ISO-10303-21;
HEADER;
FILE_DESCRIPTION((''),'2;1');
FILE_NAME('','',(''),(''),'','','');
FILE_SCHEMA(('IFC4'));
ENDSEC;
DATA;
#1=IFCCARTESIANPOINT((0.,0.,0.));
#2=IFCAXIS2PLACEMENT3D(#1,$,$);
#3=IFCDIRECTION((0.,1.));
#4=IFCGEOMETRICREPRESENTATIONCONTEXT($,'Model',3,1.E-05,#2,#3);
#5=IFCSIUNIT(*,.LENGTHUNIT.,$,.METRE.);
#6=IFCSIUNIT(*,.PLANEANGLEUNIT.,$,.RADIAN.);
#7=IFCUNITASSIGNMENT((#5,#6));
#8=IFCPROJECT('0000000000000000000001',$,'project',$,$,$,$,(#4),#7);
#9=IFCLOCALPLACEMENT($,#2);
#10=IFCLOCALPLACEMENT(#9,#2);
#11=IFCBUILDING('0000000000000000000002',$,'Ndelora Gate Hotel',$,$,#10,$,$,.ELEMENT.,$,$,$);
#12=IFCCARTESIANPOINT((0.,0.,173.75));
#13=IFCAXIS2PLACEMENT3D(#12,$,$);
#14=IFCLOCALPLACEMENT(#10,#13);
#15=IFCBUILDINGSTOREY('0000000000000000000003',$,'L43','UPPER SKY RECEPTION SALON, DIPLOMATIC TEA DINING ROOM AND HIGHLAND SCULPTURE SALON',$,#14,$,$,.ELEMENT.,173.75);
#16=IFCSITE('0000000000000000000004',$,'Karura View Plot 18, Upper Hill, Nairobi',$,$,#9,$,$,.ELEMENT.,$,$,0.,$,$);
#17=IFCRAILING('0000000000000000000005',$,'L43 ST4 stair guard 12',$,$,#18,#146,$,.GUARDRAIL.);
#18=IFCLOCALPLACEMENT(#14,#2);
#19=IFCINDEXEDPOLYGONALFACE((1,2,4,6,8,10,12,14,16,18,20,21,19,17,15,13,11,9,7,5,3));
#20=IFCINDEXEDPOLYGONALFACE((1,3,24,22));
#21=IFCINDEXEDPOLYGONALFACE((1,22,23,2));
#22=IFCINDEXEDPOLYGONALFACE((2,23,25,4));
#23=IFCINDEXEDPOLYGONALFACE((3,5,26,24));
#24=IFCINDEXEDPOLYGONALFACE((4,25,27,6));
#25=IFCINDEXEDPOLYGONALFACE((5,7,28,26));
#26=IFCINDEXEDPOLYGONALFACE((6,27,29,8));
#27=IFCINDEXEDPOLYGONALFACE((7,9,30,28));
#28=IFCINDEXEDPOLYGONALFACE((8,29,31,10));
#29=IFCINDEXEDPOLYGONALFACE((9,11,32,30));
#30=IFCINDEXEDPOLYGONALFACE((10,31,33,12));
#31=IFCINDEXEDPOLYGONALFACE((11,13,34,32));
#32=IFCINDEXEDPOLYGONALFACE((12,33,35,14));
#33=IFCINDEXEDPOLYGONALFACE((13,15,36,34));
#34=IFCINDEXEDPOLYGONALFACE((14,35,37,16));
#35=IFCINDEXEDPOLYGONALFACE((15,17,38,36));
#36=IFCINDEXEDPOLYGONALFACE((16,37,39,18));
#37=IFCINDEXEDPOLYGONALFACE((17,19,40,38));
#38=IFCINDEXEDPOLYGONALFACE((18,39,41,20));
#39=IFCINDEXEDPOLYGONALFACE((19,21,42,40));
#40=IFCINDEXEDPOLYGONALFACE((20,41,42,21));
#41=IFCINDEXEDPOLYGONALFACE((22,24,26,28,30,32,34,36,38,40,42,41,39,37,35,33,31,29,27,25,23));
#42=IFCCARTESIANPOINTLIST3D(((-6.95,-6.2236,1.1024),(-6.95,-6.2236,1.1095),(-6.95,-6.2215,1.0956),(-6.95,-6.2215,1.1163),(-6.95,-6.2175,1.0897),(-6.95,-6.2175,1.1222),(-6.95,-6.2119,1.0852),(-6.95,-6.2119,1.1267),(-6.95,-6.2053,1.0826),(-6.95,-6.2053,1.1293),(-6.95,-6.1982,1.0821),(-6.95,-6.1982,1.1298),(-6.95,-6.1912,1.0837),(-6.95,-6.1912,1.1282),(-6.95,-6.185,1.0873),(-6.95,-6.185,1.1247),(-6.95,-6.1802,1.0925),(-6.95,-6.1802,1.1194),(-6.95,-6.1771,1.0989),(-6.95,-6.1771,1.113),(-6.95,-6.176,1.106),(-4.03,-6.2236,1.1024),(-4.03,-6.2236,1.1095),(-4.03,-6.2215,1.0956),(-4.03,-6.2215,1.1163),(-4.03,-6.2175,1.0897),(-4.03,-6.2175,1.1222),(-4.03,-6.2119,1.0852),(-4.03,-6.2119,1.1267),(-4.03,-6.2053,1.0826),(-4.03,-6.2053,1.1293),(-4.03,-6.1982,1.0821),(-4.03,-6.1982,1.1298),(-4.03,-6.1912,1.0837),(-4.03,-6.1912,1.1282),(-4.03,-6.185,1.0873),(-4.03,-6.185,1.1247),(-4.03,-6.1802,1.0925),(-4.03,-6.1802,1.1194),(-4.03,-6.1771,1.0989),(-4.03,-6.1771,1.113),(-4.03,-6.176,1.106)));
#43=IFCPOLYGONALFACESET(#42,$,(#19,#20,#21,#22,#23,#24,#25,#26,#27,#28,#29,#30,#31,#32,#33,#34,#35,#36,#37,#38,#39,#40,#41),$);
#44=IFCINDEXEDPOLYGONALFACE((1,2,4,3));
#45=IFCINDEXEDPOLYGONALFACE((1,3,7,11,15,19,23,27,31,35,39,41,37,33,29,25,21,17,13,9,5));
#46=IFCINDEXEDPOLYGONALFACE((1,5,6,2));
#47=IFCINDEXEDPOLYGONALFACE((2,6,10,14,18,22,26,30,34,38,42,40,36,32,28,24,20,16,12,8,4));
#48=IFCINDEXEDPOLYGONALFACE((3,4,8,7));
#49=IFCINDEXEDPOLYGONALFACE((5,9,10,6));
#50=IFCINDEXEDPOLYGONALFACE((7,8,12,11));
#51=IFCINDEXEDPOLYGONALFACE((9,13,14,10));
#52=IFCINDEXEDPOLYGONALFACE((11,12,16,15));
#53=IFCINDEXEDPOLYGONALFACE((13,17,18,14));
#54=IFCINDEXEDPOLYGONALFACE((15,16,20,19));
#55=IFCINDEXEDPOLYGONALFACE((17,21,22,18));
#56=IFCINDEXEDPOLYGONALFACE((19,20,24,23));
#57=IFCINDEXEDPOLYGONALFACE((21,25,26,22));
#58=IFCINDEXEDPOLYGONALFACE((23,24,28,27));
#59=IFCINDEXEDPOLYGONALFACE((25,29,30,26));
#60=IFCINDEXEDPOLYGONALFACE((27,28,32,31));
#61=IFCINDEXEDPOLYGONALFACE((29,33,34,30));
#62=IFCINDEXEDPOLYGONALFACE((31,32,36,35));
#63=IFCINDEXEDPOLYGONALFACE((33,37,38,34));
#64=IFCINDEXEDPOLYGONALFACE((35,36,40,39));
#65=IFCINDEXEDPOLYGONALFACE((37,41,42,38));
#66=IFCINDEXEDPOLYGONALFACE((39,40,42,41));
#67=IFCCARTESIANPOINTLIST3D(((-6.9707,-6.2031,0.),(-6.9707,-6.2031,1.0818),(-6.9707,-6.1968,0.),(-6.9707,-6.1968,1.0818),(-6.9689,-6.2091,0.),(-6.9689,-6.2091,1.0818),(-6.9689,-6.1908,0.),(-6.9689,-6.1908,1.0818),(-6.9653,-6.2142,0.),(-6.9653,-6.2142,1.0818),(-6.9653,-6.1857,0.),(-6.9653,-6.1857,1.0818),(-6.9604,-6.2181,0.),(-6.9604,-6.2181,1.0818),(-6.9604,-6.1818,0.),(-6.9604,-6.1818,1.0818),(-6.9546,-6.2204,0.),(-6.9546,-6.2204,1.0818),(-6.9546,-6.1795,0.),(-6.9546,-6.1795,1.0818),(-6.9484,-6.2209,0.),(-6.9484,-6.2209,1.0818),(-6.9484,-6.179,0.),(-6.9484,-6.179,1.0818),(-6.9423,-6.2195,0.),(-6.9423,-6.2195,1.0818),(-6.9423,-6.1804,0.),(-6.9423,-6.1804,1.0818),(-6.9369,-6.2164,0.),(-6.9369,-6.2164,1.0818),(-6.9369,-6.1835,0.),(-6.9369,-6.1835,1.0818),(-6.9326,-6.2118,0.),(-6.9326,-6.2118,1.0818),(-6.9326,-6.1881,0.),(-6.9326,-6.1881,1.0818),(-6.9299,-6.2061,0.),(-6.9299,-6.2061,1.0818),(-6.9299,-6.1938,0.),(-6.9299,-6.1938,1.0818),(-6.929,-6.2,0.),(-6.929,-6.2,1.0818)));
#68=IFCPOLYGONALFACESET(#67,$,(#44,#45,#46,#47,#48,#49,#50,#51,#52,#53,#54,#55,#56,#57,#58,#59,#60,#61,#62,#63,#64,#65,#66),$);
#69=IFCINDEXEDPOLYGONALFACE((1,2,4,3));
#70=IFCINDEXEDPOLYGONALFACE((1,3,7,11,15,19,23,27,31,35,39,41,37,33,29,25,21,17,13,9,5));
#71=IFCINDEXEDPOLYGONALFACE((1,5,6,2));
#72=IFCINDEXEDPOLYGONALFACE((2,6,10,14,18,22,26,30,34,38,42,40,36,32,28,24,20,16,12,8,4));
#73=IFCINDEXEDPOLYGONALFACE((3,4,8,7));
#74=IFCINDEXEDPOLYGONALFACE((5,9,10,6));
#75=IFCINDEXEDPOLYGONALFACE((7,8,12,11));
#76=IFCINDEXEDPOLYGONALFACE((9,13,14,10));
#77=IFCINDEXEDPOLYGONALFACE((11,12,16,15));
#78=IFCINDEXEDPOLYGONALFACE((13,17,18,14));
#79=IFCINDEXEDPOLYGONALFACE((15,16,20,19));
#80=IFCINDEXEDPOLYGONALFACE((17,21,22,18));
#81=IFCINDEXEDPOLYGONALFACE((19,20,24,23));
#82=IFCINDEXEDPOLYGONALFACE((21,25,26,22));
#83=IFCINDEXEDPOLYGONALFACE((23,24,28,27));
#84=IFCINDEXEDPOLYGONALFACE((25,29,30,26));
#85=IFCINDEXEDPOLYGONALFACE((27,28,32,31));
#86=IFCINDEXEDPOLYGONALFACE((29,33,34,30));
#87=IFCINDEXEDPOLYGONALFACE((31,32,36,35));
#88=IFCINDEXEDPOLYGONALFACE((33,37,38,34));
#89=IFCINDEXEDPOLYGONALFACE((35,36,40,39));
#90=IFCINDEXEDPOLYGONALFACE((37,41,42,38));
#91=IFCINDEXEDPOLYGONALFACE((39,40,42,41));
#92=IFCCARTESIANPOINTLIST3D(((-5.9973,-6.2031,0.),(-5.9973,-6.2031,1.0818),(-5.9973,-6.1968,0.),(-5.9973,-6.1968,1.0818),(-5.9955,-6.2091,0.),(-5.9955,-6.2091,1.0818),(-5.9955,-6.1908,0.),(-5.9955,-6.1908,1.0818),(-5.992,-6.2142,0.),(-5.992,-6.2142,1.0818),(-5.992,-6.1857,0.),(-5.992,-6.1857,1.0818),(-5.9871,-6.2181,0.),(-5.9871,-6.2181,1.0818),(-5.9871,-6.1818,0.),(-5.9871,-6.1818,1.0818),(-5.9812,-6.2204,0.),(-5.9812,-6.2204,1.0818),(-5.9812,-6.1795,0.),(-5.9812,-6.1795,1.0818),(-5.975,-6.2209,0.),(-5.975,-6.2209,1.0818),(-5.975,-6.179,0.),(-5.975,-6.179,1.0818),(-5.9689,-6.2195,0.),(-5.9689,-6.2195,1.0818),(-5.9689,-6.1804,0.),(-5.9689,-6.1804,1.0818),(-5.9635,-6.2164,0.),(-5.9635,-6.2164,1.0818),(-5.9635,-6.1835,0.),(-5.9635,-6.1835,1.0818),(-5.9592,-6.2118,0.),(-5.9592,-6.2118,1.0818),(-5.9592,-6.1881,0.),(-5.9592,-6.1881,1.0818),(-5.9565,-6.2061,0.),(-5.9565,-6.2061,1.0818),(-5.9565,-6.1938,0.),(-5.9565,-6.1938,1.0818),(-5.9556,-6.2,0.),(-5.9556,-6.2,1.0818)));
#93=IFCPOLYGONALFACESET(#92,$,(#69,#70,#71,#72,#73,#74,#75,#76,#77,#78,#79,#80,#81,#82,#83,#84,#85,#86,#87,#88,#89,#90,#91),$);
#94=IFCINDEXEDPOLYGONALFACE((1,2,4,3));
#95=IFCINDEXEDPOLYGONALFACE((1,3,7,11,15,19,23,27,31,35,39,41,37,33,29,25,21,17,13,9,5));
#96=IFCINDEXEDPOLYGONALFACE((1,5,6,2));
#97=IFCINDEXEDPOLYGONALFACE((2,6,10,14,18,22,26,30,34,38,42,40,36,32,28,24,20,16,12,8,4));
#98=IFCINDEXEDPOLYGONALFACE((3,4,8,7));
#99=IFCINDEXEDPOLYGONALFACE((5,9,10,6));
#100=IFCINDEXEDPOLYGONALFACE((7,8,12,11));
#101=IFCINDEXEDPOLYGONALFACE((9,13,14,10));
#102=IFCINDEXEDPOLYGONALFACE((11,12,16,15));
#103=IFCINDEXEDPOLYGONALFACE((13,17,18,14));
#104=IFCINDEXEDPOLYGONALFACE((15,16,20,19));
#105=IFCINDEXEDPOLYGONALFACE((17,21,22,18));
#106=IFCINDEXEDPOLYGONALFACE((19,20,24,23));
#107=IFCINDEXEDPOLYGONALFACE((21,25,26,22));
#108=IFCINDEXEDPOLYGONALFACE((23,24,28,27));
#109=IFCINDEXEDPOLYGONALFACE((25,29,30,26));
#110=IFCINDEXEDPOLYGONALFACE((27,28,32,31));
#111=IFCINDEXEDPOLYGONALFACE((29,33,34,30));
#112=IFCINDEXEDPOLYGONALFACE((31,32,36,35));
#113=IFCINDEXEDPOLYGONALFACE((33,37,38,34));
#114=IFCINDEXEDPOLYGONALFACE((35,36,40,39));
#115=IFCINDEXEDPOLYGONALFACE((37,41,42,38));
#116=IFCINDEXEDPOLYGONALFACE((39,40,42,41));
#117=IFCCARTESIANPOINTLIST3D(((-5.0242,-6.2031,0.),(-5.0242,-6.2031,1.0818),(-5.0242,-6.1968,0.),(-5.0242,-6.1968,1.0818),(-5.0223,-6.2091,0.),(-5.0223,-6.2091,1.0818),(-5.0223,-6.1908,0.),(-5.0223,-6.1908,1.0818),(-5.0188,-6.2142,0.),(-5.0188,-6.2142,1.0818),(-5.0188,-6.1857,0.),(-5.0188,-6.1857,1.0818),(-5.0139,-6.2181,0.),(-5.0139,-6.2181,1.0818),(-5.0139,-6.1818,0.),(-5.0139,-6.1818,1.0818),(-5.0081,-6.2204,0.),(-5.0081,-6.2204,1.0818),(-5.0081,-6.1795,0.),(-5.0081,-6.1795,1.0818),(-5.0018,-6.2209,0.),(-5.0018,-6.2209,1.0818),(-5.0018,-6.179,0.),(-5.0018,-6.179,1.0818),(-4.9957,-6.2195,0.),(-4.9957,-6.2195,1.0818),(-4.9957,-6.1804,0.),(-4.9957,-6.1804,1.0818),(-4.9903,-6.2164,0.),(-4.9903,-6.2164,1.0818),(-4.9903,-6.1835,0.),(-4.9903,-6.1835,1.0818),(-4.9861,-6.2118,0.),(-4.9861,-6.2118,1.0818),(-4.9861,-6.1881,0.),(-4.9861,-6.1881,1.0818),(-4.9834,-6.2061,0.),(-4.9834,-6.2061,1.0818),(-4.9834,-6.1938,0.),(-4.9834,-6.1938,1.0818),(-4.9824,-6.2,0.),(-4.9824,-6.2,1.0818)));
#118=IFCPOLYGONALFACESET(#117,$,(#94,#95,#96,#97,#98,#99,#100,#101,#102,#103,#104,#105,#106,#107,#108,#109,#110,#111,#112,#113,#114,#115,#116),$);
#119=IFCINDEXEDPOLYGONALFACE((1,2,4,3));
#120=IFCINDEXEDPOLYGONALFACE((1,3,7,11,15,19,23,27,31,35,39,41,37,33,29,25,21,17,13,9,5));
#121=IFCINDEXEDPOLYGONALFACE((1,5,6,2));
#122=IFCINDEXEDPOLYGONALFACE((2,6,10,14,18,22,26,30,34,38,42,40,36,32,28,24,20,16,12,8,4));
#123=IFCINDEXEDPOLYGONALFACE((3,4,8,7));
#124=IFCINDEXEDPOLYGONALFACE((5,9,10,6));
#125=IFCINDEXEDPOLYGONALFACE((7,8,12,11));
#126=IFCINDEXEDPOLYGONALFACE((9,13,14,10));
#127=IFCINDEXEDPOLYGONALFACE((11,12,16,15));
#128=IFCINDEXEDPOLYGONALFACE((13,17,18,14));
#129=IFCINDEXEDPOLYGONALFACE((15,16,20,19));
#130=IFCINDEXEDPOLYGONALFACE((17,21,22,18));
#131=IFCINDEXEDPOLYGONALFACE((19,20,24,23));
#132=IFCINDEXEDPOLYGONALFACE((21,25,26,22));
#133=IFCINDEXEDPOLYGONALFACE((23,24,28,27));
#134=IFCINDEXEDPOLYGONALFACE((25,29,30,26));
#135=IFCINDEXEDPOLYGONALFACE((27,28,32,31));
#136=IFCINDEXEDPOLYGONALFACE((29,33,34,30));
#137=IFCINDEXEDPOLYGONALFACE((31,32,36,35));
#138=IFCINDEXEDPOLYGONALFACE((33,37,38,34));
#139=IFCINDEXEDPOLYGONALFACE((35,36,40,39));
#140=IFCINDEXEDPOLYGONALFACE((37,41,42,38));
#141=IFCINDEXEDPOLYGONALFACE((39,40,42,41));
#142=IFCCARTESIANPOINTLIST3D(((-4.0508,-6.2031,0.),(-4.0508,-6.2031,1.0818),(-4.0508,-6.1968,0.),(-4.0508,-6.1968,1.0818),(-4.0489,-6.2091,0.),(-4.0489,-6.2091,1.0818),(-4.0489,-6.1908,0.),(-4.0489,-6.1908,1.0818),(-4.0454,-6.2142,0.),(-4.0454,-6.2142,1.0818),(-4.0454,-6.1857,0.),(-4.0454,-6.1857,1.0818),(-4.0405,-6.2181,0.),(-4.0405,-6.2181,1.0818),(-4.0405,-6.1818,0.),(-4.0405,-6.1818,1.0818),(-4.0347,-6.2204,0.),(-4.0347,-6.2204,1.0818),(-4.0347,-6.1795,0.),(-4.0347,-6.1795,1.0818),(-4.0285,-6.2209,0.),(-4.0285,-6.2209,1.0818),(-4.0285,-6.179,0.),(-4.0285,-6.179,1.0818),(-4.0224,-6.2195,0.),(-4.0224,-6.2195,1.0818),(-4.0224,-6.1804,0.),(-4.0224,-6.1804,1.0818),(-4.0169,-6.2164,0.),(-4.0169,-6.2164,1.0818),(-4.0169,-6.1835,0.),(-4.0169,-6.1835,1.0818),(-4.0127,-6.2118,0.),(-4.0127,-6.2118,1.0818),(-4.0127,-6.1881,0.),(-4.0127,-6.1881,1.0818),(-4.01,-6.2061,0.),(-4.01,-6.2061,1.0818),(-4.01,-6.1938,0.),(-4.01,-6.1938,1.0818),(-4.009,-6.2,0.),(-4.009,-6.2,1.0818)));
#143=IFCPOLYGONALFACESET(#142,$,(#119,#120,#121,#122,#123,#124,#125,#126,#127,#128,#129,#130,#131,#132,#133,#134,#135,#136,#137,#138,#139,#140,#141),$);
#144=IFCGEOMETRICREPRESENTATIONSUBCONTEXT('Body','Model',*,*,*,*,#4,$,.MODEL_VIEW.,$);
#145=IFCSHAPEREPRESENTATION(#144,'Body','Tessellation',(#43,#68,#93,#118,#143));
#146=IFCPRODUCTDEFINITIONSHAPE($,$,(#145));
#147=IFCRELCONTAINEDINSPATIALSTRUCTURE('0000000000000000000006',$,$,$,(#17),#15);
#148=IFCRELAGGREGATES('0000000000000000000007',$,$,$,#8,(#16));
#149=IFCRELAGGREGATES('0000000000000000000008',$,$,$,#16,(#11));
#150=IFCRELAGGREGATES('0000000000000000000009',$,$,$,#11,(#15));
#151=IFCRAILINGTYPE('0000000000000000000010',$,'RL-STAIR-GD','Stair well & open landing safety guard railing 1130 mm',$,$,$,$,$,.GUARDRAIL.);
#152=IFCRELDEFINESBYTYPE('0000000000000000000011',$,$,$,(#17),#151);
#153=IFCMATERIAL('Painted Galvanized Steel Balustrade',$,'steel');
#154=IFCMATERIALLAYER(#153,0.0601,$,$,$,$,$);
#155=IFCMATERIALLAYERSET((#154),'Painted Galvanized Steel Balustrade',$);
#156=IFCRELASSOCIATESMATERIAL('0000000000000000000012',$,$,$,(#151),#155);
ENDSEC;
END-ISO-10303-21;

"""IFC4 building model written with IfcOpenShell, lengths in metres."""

from ifc_helpers import new_model, si_unit, direction, frame, origin, origin_2d, place, context, subcontext, project, spatial, circle, extrude, material, layer, layer_set, type_object, element, save


model = new_model("IFC4")

# Units and contexts
model_context = context("Model", 3, precision=1e-05, world=origin(), true_north=direction((0.0, 1.0)))
body_context = subcontext(model_context, "Body", "Model", "MODEL_VIEW")
ifc_project = project(units=[si_unit("LENGTHUNIT", "METRE"), si_unit("PLANEANGLEUNIT", "RADIAN")], contexts=[model_context])

# Site, building, storey
site_placement = place(None, origin())
site = spatial("IfcSite", under=ifc_project, at=site_placement, Name="Karura View Plot 18, Upper Hill, Nairobi", CompositionType="ELEMENT", RefElevation=0.0)
building_placement = place(site_placement, origin())
building = spatial("IfcBuilding", under=site, at=building_placement, Name="Ndelora Gate Hotel", CompositionType="ELEMENT")
storey_placement = place(building_placement, frame((0.0, 0.0, 173.75)))
storey = spatial("IfcBuildingStorey", under=building, at=storey_placement, Name="L43", Description="UPPER SKY RECEPTION SALON, DIPLOMATIC TEA DINING ROOM AND HIGHLAND SCULPTURE SALON", CompositionType="ELEMENT", Elevation=173.75)

# Railing
ifc_material_1 = material(Name="Painted Galvanized Steel Balustrade", Category="steel")
ifc_layer_1 = layer(ifc_material_1, 0.0601)
ifc_layer_set_1 = layer_set([ifc_layer_1], Name="Painted Galvanized Steel Balustrade")
railing_type_1 = type_object("IfcRailingType", Name="RL-STAIR-GD", Description="Stair well & open landing safety guard railing 1130 mm", PredefinedType="GUARDRAIL", material=ifc_layer_set_1)
railing_1_placement = place(storey_placement, frame((-6.95, -6.2, 0.0)))
element("IfcRailing", 1, at=railing_1_placement, inside=storey, type_object=railing_type_1, Name="L43 ST4 stair guard 12", PredefinedType="GUARDRAIL", context=body_context, shape_type="SweptSolid", body=[
    extrude(circle(Radius=0.0239, at=origin_2d()), frame((0.0, 0.0, 1.106), z_axis=(1.0, 0.0, 0.0), x_axis=(0.0, 1.0, 0.0)), (0.0, 0.0, 1.0), 2.9199),
    extrude(circle(Radius=0.021, at=origin_2d()), origin(), (0.0, 0.0, 1.0), 1.0818),
    extrude(circle(Radius=0.021, at=origin_2d()), frame((0.9734, 0.0, 0.0)), (0.0, 0.0, 1.0), 1.0818),
    extrude(circle(Radius=0.021, at=origin_2d()), frame((1.9465, 0.0, 0.0)), (0.0, 0.0, 1.0), 1.0818),
    extrude(circle(Radius=0.021, at=origin_2d()), frame((2.9199, 0.0, 0.0)), (0.0, 0.0, 1.0), 1.0818),
])

save(model, "model.ifc")
